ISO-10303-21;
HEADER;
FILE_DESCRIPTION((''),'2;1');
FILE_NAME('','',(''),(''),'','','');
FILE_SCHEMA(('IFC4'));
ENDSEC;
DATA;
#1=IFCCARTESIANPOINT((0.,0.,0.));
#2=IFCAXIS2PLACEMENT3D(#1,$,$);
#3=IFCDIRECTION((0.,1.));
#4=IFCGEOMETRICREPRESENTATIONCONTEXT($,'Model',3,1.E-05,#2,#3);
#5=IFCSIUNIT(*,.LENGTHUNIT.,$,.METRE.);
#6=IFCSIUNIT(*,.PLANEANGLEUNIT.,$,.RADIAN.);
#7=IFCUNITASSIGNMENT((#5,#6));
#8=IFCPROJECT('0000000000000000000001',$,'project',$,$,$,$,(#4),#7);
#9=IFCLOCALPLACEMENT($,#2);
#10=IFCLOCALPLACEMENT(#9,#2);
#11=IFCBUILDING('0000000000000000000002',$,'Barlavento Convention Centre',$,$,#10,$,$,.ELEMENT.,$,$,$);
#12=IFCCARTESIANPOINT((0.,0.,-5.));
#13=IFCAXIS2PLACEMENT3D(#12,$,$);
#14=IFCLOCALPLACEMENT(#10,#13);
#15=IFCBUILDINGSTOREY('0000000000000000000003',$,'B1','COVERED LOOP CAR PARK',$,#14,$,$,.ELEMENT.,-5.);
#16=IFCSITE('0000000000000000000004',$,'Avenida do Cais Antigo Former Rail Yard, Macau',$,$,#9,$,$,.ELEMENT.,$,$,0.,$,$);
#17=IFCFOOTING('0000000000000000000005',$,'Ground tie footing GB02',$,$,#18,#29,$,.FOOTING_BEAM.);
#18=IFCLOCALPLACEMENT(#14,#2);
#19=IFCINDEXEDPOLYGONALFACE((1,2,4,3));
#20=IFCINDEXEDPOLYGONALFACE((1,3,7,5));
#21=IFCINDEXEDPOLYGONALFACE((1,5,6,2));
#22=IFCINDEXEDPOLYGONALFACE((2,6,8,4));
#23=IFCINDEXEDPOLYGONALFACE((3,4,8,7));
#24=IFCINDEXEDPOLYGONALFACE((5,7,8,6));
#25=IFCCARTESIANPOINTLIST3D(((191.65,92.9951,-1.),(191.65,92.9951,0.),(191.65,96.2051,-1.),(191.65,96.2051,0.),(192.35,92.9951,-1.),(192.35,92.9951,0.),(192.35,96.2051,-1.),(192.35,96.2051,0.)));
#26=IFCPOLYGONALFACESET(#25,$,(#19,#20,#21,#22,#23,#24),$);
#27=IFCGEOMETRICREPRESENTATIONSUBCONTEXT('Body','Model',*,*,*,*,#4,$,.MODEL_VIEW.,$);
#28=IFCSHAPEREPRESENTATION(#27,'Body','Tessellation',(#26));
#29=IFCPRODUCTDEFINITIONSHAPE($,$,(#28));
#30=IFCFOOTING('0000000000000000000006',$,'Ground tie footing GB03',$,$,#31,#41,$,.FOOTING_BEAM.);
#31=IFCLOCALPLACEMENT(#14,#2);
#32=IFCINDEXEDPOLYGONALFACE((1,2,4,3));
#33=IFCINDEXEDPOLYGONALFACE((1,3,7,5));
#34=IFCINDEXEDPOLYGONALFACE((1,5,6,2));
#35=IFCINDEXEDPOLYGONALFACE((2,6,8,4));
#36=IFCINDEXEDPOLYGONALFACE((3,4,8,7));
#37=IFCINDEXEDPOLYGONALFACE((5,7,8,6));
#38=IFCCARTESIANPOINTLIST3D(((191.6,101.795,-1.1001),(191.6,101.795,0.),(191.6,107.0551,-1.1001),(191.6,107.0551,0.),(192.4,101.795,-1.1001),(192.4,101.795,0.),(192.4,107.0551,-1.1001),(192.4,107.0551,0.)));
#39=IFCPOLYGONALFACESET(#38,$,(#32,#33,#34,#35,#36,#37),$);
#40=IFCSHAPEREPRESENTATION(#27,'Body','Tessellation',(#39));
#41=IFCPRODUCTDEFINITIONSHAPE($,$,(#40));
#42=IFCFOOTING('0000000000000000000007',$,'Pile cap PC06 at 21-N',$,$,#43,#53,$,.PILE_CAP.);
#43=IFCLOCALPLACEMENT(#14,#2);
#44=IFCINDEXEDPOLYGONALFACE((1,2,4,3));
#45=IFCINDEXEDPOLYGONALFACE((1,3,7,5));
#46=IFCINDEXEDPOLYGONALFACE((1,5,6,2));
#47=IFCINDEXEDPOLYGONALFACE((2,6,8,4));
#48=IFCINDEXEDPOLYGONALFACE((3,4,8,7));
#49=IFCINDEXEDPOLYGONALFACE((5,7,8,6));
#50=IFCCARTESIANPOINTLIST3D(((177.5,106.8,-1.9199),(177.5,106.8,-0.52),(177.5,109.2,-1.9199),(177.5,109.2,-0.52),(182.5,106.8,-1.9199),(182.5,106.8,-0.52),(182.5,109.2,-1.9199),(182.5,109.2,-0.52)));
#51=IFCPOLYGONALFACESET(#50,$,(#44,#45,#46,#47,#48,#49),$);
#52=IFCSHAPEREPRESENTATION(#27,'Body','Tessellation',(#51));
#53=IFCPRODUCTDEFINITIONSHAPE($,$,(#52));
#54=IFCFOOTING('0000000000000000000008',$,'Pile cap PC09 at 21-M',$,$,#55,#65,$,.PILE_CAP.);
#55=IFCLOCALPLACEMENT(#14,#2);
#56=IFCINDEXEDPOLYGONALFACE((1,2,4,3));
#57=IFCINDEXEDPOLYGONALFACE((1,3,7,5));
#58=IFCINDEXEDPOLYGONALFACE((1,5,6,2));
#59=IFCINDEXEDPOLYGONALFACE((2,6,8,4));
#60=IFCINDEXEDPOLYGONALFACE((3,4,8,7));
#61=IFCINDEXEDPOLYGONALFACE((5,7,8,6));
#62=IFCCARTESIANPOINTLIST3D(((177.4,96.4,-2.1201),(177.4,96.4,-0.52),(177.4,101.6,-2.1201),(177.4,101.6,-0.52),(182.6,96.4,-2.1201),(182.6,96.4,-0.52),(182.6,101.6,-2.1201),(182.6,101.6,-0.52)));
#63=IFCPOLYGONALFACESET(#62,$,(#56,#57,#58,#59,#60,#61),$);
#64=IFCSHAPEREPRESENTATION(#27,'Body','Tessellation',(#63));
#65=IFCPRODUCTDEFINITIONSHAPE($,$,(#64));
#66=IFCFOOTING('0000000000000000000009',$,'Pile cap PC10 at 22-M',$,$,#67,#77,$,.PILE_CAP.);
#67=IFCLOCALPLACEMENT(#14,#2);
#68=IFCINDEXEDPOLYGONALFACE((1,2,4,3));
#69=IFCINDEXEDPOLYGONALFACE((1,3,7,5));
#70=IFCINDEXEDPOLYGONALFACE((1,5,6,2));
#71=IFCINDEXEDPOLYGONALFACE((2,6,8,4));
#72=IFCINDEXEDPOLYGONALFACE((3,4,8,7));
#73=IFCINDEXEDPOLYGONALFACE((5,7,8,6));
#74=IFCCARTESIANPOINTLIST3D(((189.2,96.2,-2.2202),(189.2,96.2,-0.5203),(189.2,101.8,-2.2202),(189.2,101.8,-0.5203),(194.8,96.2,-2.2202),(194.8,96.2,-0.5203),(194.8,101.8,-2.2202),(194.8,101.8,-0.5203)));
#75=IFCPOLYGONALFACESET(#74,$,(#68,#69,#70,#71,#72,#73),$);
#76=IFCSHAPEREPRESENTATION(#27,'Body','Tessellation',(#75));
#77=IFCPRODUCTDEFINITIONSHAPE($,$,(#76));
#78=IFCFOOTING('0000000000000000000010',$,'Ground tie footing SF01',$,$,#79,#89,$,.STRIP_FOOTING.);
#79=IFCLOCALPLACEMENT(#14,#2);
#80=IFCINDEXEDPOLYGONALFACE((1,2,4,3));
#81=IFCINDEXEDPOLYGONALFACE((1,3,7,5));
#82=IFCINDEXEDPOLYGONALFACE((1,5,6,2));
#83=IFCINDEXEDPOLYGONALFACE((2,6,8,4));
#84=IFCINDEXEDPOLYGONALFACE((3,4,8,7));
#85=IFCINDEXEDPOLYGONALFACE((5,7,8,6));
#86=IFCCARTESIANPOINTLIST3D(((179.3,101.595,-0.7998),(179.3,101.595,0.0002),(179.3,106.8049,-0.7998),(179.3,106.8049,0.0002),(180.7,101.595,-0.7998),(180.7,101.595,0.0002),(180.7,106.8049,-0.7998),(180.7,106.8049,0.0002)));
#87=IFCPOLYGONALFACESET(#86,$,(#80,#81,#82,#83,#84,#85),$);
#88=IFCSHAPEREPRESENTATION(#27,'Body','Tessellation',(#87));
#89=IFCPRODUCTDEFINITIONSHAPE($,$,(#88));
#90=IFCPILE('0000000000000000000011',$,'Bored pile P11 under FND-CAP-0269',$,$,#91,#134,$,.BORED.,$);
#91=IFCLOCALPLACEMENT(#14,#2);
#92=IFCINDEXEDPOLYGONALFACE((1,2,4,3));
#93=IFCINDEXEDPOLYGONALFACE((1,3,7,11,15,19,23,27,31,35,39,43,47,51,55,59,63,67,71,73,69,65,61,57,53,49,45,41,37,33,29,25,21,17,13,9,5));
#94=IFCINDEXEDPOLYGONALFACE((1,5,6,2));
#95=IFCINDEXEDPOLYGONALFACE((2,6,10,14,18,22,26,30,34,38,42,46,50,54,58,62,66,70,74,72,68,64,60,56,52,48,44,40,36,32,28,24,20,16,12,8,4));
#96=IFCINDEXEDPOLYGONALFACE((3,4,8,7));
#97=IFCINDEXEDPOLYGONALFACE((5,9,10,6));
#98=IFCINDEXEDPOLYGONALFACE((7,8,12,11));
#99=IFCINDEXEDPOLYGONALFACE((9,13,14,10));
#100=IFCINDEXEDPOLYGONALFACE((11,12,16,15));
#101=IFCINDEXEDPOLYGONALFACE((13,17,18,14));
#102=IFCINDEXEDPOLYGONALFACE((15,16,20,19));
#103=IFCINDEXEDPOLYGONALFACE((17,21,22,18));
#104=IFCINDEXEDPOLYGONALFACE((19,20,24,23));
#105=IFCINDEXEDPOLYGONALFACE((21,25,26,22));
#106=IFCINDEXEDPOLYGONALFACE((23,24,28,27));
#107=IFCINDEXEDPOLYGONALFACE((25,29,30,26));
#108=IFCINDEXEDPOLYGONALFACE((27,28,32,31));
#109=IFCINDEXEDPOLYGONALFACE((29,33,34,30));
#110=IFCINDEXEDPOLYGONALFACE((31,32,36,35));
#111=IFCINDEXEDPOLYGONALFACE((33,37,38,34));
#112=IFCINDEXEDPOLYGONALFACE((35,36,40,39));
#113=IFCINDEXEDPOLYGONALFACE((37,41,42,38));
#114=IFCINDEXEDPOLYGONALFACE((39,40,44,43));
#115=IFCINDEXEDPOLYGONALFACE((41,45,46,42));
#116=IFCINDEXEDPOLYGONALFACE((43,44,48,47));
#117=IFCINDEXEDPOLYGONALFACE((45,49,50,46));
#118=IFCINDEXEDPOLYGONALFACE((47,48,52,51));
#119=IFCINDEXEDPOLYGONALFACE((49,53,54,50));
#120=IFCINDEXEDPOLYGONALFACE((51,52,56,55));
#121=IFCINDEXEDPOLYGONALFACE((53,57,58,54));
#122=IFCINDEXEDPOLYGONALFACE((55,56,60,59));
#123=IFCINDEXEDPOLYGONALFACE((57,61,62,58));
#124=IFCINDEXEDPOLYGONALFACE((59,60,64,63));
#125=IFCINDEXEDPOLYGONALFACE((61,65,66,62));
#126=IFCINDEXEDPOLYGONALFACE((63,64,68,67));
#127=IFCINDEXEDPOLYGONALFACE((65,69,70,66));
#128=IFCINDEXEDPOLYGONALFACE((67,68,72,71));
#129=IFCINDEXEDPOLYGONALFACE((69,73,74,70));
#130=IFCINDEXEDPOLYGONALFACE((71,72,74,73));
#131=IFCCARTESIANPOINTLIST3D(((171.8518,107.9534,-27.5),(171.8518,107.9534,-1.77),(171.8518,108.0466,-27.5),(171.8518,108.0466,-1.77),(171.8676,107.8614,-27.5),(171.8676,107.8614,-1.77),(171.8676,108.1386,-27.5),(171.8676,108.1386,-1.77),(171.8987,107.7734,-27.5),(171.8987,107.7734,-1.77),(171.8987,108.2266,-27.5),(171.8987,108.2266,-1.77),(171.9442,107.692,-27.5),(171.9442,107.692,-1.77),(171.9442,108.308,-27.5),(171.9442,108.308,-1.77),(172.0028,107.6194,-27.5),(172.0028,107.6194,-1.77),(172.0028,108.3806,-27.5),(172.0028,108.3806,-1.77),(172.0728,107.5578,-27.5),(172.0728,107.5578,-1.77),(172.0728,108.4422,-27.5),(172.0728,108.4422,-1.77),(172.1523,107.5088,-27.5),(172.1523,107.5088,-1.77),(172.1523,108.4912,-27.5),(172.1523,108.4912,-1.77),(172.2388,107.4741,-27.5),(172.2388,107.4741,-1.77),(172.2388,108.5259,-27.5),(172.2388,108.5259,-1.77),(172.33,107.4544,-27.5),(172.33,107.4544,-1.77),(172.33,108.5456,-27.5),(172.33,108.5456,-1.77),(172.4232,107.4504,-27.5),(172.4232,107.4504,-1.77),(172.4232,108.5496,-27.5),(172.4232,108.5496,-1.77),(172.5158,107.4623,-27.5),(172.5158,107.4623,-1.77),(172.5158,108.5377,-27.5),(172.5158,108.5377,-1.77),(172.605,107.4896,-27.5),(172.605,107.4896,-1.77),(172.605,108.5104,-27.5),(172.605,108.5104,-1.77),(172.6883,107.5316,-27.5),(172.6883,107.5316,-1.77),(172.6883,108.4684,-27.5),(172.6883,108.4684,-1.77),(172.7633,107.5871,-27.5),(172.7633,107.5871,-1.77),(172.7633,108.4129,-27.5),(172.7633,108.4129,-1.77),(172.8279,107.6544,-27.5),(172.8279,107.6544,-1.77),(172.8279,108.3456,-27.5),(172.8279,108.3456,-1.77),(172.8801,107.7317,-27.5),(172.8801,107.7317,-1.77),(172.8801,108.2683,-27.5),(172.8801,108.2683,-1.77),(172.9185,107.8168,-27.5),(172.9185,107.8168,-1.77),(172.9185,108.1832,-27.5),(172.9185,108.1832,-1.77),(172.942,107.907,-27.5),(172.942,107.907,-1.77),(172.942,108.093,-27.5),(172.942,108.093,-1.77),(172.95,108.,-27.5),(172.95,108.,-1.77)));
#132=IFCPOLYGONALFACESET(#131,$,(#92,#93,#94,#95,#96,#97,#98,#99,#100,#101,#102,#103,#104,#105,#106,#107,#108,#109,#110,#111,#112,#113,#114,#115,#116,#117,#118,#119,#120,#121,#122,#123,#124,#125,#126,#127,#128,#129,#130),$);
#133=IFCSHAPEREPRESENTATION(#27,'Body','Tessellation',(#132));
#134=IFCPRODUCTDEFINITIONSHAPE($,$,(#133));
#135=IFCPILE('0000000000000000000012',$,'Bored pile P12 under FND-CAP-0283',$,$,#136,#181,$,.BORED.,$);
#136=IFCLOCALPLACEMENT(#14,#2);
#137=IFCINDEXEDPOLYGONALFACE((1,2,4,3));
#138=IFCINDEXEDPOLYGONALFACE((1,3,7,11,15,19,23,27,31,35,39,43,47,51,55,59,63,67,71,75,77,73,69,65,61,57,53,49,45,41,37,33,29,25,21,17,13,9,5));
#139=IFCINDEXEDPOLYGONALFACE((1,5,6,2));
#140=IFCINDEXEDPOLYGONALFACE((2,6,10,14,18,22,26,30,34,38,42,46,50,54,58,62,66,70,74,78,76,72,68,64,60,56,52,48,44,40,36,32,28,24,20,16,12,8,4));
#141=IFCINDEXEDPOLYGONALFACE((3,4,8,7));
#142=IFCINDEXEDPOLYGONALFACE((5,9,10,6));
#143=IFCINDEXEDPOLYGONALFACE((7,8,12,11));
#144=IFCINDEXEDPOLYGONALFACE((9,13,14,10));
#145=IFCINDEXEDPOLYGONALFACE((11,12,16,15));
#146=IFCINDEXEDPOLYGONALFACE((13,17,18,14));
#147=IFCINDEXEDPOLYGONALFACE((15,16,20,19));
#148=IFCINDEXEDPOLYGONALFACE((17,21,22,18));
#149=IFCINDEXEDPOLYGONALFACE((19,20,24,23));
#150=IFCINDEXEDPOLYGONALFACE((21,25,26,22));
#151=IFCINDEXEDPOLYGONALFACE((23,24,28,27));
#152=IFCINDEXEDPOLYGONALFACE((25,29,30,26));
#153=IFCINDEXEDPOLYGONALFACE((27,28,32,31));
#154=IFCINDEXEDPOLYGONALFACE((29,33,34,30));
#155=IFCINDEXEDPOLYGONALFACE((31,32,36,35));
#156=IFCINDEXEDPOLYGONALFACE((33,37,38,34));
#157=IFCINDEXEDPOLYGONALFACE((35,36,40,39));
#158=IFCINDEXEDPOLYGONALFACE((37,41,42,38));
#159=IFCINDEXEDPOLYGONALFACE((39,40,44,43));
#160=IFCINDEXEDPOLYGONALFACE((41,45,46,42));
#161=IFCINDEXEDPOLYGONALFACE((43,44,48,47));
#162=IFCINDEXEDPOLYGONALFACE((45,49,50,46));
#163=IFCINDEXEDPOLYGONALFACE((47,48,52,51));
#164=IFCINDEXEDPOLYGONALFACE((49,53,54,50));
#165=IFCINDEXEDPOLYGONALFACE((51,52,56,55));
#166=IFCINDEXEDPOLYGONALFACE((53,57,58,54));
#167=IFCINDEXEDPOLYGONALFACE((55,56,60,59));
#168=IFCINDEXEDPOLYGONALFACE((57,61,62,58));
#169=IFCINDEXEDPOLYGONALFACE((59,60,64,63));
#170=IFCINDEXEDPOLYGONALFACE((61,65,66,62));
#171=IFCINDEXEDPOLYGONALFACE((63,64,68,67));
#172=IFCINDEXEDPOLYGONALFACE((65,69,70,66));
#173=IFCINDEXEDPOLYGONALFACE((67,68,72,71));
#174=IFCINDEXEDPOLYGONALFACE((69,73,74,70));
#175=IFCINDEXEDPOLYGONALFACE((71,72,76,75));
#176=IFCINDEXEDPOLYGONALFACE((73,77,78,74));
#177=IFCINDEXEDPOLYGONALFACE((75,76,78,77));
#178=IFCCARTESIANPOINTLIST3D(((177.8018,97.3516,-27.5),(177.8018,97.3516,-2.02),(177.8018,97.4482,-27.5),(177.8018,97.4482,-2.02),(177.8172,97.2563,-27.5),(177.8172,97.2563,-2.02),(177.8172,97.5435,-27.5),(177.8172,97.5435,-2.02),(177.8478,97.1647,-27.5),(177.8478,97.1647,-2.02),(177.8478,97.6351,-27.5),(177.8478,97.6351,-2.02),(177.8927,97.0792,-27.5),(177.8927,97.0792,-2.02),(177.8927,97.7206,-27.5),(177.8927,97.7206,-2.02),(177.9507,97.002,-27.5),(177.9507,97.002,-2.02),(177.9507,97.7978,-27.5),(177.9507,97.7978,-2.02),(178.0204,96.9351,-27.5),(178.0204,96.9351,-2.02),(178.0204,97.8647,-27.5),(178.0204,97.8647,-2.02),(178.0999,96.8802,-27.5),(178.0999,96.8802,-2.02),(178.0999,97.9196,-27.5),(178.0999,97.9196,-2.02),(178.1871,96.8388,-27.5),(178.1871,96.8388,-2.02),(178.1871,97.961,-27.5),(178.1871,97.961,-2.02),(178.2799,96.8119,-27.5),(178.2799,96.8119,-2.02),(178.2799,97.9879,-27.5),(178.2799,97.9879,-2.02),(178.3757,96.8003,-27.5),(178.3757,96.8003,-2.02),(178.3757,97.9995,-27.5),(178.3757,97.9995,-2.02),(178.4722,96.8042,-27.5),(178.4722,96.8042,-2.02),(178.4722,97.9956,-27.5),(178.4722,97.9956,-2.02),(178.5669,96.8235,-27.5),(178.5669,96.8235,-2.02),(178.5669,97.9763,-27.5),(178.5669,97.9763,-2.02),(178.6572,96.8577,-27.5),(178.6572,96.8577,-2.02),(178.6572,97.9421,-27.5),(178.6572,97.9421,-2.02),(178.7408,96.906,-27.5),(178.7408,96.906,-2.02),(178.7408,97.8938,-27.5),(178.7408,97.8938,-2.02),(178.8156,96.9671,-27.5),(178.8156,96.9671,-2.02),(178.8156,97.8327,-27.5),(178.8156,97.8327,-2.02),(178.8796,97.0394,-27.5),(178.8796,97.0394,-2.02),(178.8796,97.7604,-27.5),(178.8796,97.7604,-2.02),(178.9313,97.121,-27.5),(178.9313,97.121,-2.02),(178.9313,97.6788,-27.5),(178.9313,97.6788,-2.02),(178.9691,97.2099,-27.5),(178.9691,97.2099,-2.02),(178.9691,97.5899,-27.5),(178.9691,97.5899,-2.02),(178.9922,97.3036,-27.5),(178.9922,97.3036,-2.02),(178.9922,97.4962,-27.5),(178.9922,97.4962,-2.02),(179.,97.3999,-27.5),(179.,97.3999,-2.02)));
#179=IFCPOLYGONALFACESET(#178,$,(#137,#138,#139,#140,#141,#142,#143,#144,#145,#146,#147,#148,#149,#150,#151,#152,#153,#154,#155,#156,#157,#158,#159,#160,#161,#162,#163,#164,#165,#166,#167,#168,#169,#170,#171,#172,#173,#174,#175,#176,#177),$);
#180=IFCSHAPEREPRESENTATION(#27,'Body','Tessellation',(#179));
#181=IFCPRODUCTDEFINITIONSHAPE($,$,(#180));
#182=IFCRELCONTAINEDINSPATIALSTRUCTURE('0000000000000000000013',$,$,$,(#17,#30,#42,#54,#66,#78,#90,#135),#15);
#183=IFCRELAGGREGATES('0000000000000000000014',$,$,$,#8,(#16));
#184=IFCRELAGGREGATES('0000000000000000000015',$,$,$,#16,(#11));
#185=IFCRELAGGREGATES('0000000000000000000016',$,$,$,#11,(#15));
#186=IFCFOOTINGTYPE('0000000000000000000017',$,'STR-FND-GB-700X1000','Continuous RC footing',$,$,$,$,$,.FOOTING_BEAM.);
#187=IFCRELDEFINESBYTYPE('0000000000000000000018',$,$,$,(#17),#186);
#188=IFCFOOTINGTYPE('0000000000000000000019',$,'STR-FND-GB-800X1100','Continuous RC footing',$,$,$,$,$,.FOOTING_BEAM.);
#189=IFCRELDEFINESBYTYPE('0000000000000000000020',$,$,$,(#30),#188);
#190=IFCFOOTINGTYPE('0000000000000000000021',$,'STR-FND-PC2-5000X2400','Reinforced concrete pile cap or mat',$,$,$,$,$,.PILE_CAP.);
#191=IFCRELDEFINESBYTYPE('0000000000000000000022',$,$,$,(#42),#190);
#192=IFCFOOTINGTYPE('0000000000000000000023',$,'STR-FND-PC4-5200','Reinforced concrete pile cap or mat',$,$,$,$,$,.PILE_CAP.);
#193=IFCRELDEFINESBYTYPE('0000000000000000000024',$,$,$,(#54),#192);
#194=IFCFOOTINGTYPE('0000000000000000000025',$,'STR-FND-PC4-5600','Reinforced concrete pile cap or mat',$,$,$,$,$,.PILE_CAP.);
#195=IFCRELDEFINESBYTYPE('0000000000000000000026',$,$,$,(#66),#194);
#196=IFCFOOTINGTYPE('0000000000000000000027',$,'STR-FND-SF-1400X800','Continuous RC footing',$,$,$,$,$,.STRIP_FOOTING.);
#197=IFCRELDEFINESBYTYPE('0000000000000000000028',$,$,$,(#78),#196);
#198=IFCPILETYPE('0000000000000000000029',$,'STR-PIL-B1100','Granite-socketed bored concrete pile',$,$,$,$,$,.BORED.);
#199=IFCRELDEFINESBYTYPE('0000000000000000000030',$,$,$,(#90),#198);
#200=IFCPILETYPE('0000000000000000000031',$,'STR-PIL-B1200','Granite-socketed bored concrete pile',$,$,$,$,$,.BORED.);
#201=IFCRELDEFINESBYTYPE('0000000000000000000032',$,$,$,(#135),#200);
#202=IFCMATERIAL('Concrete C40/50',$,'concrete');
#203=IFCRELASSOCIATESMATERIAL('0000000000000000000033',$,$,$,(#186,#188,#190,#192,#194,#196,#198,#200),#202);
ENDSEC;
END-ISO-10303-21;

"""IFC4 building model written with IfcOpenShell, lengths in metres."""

from ifc_helpers import new_model, si_unit, direction, frame, origin, origin_2d, place, context, subcontext, project, spatial, rectangle, circle, extrude, material, material_profile, profile_set, type_object, element, save


model = new_model("IFC4")

# Units and contexts
model_context = context("Model", 3, precision=1e-05, world=origin(), true_north=direction((0.0, 1.0)))
body_context = subcontext(model_context, "Body", "Model", "MODEL_VIEW")
ifc_project = project(units=[si_unit("LENGTHUNIT", "METRE"), si_unit("PLANEANGLEUNIT", "RADIAN")], contexts=[model_context])

# Site, building, storey
site_placement = place(None, origin())
site = spatial("IfcSite", under=ifc_project, at=site_placement, Name="Avenida do Cais Antigo Former Rail Yard, Macau", CompositionType="ELEMENT", RefElevation=0.0)
building_placement = place(site_placement, origin())
building = spatial("IfcBuilding", under=site, at=building_placement, Name="Barlavento Convention Centre", CompositionType="ELEMENT")
storey_placement = place(building_placement, frame((0.0, 0.0, -5.0)))
storey = spatial("IfcBuildingStorey", under=building, at=storey_placement, Name="B1", Description="COVERED LOOP CAR PARK", CompositionType="ELEMENT", Elevation=-5.0)

# Footings
ifc_material_1 = material(Name="Concrete C40/50", Category="concrete")
footing_type_1 = type_object("IfcFootingType", Name="STR-FND-GB-700X1000", Description="Continuous RC footing", PredefinedType="FOOTING_BEAM", material=ifc_material_1)
footing_1_placement = place(storey_placement, frame((192.0, 94.6001, -1.0), z_axis=(0.0, 0.0, 1.0), x_axis=(1.0, 0.0, 0.0)))
element("IfcFooting", 1, at=footing_1_placement, inside=storey, type_object=footing_type_1, Name="Ground tie footing GB02", PredefinedType="FOOTING_BEAM", context=body_context, shape_type="SweptSolid", body=[
    extrude(rectangle(XDim=0.7, YDim=3.21, at=origin_2d()), origin(), (0.0, 0.0, 1.0), 1.0),
])
footing_type_2 = type_object("IfcFootingType", Name="STR-FND-GB-800X1100", Description="Continuous RC footing", PredefinedType="FOOTING_BEAM", material=ifc_material_1)
footing_2_placement = place(storey_placement, frame((192.0, 104.425, -1.1001), z_axis=(0.0, 0.0, 1.0), x_axis=(1.0, 0.0, 0.0)))
element("IfcFooting", 2, at=footing_2_placement, inside=storey, type_object=footing_type_2, Name="Ground tie footing GB03", PredefinedType="FOOTING_BEAM", context=body_context, shape_type="SweptSolid", body=[
    extrude(rectangle(XDim=0.8, YDim=5.26, at=origin_2d()), origin(), (0.0, 0.0, 1.0), 1.1001),
])
footing_type_3 = type_object("IfcFootingType", Name="STR-FND-PC2-5000X2400", Description="Reinforced concrete pile cap or mat", PredefinedType="PILE_CAP", material=ifc_material_1)
footing_3_placement = place(storey_placement, frame((180.0, 108.0, -1.9199), z_axis=(0.0, 0.0, 1.0), x_axis=(1.0, 0.0, 0.0)))
element("IfcFooting", 3, at=footing_3_placement, inside=storey, type_object=footing_type_3, Name="Pile cap PC06 at 21-N", PredefinedType="PILE_CAP", context=body_context, shape_type="SweptSolid", body=[
    extrude(rectangle(XDim=5.0, YDim=2.3999, at=origin_2d()), origin(), (0.0, 0.0, 1.0), 1.3999),
])
footing_type_4 = type_object("IfcFootingType", Name="STR-FND-PC4-5200", Description="Reinforced concrete pile cap or mat", PredefinedType="PILE_CAP", material=ifc_material_1)
footing_4_placement = place(storey_placement, frame((180.0, 99.0, -2.1201), z_axis=(0.0, 0.0, 1.0), x_axis=(1.0, 0.0, 0.0)))
element("IfcFooting", 4, at=footing_4_placement, inside=storey, type_object=footing_type_4, Name="Pile cap PC09 at 21-M", PredefinedType="PILE_CAP", context=body_context, shape_type="SweptSolid", body=[
    extrude(rectangle(XDim=5.2, YDim=5.2, at=origin_2d()), origin(), (0.0, 0.0, 1.0), 1.6001),
])
footing_type_5 = type_object("IfcFootingType", Name="STR-FND-PC4-5600", Description="Reinforced concrete pile cap or mat", PredefinedType="PILE_CAP", material=ifc_material_1)
footing_5_placement = place(storey_placement, frame((192.0, 99.0, -2.2202), z_axis=(0.0, 0.0, 1.0), x_axis=(1.0, 0.0, 0.0)))
element("IfcFooting", 5, at=footing_5_placement, inside=storey, type_object=footing_type_5, Name="Pile cap PC10 at 22-M", PredefinedType="PILE_CAP", context=body_context, shape_type="SweptSolid", body=[
    extrude(rectangle(XDim=5.6001, YDim=5.6001, at=origin_2d()), origin(), (0.0, 0.0, 1.0), 1.7),
])
footing_type_6 = type_object("IfcFootingType", Name="STR-FND-SF-1400X800", Description="Continuous RC footing", PredefinedType="STRIP_FOOTING", material=ifc_material_1)
footing_6_placement = place(storey_placement, frame((180.0, 104.2, -0.7998), z_axis=(0.0, 0.0, 1.0), x_axis=(1.0, 0.0, 0.0)))
element("IfcFooting", 6, at=footing_6_placement, inside=storey, type_object=footing_type_6, Name="Ground tie footing SF01", PredefinedType="STRIP_FOOTING", context=body_context, shape_type="SweptSolid", body=[
    extrude(rectangle(XDim=1.3999, YDim=5.21, at=origin_2d()), origin(), (0.0, 0.0, 1.0), 0.8),
])

# Piles
ifc_material_profile_1 = material_profile(ifc_material_1, circle(Radius=0.55, at=origin_2d()), Name="BORED PILE 1100")
ifc_profile_set_1 = profile_set([ifc_material_profile_1], Name="Concrete C40/50")
pile_type_1 = type_object("IfcPileType", Name="STR-PIL-B1100", Description="Granite-socketed bored concrete pile", PredefinedType="BORED", material=ifc_profile_set_1)
pile_1_placement = place(storey_placement, frame((172.3999, 108.0, -1.77), z_axis=(0.0, 0.0, -1.0), x_axis=(1.0, 0.0, 0.0)))
element("IfcPile", 7, at=pile_1_placement, inside=storey, type_object=pile_type_1, Name="Bored pile P11 under FND-CAP-0269", PredefinedType="BORED", context=body_context, shape_type="SweptSolid", body=[
    extrude(circle(Radius=0.55, at=origin_2d()), origin(), (0.0, 0.0, 1.0), 25.73),
])
ifc_material_profile_2 = material_profile(ifc_material_1, circle(Radius=0.6001, at=origin_2d()), Name="BORED PILE 1200")
ifc_profile_set_2 = profile_set([ifc_material_profile_2], Name="Concrete C40/50")
pile_type_2 = type_object("IfcPileType", Name="STR-PIL-B1200", Description="Granite-socketed bored concrete pile", PredefinedType="BORED", material=ifc_profile_set_2)
for number, where, z_axis, x_axis, name in (
    (8, (178.3999, 97.3999, -2.02), (0.0, 0.0, -1.0), (1.0, 0.0, 0.0), "Bored pile P12 under FND-CAP-0283"),
):
    element("IfcPile", number, at=place(storey_placement, frame(where, z_axis=z_axis, x_axis=x_axis)), inside=storey, type_object=pile_type_2, Name=name, PredefinedType="BORED", context=body_context, shape_type="SweptSolid", body=[
        extrude(circle(Radius=0.6001, at=origin_2d()), origin(), (0.0, 0.0, 1.0), 25.48),
    ])

save(model, "model.ifc")
